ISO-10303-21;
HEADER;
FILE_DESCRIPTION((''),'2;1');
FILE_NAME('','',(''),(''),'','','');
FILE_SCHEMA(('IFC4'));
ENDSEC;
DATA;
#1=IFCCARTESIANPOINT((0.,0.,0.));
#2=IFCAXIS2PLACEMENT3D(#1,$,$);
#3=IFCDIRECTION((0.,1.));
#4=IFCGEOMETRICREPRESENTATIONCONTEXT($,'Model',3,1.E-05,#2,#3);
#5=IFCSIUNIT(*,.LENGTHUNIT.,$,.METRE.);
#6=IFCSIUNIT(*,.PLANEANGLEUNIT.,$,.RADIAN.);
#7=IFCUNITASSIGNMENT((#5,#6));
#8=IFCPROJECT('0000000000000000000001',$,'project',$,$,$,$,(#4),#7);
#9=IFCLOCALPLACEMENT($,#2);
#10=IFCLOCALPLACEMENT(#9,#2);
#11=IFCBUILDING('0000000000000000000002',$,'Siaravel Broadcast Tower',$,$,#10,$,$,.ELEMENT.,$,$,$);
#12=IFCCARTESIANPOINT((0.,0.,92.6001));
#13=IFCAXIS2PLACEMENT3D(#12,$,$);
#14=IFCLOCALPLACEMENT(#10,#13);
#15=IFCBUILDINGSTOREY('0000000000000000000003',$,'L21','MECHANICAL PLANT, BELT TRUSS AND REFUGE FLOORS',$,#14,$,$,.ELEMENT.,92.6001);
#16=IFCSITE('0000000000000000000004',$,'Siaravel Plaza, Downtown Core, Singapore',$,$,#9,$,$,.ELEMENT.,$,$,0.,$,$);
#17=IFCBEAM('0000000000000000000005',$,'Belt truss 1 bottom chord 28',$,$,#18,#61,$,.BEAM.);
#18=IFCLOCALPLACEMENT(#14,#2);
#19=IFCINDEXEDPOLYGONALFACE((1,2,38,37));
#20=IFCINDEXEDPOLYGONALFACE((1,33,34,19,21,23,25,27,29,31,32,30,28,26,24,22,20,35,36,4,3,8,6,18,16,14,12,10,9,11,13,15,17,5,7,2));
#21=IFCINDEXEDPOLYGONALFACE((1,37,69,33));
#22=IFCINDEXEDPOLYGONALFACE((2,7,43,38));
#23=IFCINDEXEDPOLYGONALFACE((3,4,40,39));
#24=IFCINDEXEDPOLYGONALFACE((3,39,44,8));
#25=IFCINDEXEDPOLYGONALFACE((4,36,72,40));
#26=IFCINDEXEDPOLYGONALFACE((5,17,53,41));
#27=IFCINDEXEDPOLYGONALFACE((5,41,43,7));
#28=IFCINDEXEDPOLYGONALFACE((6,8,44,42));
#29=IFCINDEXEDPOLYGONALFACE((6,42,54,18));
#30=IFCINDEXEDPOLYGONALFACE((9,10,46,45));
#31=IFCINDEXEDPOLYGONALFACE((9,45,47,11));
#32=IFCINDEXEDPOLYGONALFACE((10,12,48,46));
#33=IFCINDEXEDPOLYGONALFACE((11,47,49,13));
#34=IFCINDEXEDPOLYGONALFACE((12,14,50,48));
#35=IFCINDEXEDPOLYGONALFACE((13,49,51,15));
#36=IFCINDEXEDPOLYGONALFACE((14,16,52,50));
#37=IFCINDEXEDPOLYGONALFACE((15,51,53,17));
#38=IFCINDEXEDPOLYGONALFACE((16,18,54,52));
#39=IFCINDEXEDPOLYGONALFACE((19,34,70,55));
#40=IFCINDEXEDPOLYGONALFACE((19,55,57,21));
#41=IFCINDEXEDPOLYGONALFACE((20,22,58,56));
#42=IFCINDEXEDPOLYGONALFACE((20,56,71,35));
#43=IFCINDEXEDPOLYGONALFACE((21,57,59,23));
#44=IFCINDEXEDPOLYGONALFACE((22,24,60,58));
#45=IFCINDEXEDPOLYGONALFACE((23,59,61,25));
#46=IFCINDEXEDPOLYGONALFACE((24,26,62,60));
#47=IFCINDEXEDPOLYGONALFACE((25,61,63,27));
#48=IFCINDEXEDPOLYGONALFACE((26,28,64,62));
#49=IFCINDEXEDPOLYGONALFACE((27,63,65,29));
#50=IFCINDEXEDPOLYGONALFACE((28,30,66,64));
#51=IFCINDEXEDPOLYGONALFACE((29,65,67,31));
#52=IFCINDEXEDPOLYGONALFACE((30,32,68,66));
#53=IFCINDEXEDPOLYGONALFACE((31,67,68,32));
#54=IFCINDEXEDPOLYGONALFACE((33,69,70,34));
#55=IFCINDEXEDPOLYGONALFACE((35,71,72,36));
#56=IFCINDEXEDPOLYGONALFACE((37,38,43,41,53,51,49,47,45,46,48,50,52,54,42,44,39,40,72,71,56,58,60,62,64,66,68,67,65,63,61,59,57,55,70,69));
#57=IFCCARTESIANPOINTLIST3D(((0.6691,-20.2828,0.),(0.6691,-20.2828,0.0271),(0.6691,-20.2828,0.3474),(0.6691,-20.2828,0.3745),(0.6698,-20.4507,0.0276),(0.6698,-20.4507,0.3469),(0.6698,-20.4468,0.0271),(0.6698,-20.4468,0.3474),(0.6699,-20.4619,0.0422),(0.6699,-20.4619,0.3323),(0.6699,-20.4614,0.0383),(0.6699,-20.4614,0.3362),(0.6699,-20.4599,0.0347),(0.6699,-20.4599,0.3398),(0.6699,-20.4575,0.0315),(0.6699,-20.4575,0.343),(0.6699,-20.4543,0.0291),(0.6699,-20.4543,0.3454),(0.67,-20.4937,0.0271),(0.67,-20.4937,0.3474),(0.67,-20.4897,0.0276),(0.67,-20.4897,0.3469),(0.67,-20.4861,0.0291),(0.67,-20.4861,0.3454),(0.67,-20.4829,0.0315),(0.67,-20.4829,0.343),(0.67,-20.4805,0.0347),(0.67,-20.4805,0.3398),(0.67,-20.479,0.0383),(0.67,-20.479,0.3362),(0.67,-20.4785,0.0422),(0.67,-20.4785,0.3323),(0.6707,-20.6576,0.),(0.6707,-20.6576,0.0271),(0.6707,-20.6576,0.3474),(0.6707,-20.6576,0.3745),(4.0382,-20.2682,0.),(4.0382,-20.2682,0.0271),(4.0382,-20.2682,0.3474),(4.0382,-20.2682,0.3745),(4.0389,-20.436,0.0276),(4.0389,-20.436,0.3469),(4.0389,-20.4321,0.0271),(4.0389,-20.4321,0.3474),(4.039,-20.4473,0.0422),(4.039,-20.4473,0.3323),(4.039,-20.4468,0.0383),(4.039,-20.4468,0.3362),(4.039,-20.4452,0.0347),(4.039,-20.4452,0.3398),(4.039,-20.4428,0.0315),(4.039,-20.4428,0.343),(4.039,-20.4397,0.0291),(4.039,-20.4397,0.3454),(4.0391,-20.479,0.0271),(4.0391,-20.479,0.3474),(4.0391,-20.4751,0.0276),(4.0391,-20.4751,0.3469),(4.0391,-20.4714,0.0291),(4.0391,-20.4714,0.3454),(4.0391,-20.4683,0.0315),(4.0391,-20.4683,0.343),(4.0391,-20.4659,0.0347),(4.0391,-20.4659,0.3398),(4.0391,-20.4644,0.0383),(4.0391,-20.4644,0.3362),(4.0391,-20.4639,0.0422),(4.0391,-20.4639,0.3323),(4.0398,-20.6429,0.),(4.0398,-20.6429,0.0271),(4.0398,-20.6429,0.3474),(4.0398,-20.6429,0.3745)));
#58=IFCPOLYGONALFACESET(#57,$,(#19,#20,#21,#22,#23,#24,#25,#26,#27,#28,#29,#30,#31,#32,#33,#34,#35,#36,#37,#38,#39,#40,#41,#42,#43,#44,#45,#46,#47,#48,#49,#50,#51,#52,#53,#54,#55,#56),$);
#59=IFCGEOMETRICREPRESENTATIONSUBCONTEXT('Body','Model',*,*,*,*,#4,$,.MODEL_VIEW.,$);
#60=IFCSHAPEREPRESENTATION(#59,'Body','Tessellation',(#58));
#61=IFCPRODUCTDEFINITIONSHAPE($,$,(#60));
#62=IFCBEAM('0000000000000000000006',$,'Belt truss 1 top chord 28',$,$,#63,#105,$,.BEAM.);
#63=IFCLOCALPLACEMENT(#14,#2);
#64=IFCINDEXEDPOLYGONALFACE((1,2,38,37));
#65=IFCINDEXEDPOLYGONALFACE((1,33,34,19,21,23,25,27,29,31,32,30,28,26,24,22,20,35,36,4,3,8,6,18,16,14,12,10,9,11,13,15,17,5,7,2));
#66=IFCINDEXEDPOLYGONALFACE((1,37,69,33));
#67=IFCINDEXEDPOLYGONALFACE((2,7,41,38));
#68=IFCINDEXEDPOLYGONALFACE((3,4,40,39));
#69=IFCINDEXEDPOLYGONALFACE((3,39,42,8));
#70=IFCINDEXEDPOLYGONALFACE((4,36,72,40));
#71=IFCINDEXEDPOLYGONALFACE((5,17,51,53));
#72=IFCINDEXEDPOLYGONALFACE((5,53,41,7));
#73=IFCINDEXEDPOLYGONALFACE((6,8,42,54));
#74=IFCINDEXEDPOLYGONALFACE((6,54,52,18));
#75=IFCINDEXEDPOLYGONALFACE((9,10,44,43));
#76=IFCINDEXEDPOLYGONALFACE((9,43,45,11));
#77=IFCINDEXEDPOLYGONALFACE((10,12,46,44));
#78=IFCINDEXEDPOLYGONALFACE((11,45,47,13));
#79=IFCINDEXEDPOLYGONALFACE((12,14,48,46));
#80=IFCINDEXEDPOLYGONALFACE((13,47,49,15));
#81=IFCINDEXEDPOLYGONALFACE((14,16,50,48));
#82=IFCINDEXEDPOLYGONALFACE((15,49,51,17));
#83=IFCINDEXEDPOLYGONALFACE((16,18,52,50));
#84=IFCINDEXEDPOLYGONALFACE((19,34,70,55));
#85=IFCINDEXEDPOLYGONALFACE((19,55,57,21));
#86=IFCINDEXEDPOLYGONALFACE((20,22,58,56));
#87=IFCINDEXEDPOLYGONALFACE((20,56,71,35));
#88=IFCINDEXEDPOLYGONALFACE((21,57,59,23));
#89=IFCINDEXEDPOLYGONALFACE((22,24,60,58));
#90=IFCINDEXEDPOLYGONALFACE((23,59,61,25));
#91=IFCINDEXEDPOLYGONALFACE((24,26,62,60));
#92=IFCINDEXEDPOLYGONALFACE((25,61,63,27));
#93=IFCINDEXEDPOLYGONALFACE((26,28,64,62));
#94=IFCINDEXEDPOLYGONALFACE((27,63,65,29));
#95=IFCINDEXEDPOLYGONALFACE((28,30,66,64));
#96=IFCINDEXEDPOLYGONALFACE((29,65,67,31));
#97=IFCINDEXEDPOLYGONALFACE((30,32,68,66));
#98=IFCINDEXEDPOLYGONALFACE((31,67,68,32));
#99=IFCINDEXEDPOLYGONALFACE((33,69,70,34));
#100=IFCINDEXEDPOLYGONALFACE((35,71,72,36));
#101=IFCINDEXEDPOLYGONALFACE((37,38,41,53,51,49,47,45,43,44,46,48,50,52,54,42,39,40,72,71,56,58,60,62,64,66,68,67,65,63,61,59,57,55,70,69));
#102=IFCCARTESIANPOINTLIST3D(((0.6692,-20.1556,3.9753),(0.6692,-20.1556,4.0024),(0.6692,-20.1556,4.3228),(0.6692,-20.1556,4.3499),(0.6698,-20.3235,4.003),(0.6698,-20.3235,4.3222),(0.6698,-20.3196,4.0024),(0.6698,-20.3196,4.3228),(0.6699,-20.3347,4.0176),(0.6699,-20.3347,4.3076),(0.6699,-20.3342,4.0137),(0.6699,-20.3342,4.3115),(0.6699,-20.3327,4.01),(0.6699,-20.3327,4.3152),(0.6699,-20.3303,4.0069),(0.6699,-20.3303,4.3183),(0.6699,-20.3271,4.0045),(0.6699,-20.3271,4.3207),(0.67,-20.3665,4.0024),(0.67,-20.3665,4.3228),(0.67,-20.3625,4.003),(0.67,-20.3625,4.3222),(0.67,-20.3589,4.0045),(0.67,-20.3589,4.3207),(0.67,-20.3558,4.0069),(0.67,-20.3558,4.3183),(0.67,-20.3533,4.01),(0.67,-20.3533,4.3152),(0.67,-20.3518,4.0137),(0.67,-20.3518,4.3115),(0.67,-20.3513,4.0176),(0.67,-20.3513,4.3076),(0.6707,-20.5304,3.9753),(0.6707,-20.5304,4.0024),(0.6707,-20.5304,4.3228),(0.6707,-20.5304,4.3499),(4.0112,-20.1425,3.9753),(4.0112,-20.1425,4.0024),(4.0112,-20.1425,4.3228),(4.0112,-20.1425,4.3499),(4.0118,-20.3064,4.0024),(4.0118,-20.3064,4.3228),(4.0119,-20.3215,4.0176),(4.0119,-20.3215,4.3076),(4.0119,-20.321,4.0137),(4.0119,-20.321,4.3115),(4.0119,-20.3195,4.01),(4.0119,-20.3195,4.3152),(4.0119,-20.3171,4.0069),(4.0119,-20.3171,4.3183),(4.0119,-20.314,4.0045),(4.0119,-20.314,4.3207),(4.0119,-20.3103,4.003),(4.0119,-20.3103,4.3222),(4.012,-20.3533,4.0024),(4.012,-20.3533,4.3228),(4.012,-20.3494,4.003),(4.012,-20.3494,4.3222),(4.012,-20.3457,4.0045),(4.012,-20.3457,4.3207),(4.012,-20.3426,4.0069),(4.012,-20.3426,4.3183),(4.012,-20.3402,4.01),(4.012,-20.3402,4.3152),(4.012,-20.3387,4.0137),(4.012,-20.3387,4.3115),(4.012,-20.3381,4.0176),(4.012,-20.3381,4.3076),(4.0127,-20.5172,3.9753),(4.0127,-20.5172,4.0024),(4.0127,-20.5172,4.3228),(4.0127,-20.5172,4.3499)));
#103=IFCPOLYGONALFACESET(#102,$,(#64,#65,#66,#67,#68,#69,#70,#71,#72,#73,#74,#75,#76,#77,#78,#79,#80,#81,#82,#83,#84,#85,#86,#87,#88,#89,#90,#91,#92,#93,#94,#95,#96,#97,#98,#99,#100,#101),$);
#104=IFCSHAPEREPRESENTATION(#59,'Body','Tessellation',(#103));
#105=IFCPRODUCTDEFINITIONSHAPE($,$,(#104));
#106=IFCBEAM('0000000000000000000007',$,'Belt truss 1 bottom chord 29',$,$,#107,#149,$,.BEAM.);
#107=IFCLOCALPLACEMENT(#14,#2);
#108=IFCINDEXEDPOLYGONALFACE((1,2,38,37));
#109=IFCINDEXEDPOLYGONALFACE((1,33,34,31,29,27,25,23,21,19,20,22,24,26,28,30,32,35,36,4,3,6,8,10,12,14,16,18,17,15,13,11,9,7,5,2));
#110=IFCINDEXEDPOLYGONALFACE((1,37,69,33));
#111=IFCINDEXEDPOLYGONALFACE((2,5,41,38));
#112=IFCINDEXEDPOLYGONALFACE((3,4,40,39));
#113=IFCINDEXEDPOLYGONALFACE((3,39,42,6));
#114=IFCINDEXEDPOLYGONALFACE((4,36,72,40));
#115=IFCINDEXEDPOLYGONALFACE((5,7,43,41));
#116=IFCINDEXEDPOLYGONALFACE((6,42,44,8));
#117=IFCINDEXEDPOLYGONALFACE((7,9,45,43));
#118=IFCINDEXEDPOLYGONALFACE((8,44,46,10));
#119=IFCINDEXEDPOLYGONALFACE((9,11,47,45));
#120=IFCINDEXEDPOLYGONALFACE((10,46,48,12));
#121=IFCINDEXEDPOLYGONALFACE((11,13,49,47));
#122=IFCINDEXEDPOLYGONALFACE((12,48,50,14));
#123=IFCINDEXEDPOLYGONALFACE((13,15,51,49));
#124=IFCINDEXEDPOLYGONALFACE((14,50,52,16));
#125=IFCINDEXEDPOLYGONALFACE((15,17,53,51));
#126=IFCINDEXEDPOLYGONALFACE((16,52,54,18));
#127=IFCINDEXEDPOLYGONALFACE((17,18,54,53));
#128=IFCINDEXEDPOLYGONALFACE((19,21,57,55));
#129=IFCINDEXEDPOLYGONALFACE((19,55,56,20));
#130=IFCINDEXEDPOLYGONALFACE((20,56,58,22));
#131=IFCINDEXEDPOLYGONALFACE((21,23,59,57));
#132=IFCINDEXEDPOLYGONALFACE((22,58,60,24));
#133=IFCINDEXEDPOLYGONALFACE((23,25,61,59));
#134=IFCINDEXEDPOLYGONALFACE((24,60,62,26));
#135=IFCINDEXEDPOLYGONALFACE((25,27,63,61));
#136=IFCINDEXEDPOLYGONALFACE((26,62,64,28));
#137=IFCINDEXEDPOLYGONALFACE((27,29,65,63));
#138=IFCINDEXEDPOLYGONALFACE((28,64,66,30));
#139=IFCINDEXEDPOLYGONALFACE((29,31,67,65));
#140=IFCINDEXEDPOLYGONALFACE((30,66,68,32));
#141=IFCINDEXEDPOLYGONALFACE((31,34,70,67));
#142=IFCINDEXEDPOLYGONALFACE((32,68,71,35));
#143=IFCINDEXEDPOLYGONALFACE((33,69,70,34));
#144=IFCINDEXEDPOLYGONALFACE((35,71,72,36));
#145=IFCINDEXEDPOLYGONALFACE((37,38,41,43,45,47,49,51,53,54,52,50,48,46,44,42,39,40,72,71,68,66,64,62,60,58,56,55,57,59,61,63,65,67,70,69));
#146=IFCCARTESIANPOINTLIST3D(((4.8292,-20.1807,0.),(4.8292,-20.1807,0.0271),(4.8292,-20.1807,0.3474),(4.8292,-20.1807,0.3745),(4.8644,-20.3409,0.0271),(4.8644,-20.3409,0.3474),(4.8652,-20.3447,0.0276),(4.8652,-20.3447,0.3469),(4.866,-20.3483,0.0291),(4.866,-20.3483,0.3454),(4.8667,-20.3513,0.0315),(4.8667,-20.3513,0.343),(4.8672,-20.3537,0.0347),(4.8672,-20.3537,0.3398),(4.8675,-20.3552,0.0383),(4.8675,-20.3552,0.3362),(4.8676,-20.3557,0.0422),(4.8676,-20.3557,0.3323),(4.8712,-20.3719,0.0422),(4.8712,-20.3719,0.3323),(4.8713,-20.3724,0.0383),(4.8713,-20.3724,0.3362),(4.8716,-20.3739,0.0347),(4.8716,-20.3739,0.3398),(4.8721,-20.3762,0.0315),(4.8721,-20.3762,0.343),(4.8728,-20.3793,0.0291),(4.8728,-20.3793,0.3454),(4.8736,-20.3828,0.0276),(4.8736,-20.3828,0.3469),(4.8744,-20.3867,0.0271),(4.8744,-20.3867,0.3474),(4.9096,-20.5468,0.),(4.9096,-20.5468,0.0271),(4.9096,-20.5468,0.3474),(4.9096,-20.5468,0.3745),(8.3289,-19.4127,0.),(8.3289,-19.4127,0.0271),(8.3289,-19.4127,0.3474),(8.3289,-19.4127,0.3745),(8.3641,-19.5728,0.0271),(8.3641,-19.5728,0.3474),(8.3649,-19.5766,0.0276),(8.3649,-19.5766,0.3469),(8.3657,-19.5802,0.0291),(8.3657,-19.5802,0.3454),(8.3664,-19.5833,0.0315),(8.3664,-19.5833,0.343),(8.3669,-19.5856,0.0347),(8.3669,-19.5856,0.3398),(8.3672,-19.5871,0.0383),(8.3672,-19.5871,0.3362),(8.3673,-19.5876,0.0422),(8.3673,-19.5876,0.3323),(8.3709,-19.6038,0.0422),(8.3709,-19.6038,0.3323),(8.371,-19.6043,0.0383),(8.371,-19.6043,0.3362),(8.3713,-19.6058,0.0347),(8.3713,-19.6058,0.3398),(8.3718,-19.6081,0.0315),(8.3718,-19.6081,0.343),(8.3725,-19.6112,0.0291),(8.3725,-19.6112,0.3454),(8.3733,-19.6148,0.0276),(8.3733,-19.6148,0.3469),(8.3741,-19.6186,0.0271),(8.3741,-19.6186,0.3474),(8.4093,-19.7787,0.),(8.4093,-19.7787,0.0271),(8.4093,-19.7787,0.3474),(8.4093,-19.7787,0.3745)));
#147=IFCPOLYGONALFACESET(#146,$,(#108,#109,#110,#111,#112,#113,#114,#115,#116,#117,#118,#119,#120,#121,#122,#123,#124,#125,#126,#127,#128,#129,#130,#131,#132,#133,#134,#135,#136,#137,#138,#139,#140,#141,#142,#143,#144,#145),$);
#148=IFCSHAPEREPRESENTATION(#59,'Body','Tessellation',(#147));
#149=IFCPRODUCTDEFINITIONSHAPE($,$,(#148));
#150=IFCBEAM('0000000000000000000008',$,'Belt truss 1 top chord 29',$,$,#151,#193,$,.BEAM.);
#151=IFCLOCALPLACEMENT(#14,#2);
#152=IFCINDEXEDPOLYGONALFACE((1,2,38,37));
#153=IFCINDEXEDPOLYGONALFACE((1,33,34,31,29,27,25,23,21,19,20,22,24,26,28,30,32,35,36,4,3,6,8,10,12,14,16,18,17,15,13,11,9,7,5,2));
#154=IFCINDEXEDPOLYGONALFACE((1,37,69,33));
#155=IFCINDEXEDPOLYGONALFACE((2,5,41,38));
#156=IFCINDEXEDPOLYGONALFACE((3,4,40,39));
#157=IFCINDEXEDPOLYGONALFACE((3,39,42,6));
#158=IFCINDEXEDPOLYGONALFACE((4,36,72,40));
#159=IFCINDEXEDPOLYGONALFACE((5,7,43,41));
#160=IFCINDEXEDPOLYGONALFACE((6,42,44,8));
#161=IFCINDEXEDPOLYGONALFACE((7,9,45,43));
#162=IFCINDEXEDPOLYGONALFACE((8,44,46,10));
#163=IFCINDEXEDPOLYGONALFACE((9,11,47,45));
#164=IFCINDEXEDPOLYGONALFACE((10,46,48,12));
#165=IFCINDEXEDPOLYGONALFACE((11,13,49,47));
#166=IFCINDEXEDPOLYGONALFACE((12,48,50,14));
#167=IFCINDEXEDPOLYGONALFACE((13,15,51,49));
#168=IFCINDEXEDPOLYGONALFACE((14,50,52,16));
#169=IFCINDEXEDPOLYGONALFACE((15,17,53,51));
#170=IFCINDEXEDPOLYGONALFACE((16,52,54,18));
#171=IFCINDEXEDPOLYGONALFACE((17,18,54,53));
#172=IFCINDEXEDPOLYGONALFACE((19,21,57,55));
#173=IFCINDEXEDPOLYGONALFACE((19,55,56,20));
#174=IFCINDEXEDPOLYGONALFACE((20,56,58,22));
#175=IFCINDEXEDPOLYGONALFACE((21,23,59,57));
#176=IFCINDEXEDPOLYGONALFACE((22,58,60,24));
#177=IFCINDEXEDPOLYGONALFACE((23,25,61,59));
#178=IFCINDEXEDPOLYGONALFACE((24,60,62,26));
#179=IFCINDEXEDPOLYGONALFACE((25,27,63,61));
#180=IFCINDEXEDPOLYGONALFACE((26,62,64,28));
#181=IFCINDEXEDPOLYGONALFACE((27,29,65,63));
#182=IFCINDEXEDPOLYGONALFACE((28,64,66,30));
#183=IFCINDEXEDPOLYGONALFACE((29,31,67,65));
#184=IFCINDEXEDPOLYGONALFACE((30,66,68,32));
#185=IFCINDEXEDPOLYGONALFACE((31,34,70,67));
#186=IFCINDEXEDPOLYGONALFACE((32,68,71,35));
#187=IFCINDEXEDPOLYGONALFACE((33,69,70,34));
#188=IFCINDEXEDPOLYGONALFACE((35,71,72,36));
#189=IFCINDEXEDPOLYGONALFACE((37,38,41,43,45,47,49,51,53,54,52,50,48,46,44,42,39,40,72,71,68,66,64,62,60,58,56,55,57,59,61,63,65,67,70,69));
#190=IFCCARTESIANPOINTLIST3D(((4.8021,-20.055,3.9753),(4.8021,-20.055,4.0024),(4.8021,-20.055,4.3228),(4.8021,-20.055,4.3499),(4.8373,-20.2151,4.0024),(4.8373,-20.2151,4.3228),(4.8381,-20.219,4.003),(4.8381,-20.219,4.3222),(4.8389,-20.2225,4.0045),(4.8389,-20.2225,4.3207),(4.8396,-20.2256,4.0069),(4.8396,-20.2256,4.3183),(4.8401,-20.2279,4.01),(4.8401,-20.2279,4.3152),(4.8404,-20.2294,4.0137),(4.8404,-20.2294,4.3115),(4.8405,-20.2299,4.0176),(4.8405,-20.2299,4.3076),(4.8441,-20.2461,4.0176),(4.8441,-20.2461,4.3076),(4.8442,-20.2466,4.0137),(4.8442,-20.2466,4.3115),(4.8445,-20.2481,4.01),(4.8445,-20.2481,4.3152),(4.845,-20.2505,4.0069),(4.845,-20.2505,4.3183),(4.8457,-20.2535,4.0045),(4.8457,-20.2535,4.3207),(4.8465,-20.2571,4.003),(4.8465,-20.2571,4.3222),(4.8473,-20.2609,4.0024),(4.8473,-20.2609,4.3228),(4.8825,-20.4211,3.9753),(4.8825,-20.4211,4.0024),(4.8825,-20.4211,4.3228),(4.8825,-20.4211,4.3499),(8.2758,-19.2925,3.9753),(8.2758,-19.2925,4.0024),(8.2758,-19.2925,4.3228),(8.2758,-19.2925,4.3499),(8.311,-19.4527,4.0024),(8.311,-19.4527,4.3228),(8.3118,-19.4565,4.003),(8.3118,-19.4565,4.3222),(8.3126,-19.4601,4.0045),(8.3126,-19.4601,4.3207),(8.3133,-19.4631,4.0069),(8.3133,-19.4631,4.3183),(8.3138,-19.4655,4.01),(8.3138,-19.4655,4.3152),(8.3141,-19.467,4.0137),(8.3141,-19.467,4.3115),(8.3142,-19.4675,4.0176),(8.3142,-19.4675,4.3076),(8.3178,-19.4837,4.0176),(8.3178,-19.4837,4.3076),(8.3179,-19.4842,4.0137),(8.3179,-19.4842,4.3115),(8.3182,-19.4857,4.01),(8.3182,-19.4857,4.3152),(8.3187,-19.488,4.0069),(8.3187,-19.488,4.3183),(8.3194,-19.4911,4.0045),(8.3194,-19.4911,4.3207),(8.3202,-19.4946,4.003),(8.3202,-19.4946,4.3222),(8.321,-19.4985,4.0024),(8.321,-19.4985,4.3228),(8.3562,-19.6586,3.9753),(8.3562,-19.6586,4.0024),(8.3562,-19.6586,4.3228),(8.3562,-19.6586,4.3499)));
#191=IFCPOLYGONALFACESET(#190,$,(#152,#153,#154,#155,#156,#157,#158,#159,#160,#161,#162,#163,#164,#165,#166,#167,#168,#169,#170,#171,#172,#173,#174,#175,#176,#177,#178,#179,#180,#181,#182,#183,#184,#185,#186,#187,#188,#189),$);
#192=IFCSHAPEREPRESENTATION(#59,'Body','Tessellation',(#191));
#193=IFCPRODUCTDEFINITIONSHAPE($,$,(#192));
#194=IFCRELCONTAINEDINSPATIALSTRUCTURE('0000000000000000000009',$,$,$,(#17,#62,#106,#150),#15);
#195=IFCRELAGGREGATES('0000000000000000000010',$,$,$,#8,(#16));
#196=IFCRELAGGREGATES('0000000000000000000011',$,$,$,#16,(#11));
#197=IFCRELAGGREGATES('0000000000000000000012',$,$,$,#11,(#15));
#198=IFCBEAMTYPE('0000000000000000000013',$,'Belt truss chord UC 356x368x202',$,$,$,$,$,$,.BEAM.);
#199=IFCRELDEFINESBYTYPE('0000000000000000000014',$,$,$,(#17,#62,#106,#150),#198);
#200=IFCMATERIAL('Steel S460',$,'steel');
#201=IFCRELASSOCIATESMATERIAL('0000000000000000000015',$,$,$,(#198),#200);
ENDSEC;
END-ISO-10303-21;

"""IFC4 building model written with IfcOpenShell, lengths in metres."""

from ifc_helpers import new_model, si_unit, direction, frame, origin, origin_2d, place, context, subcontext, project, spatial, i_section, extrude, material, material_profile, profile_set, type_object, element, save


model = new_model("IFC4")

# Units and contexts
model_context = context("Model", 3, precision=1e-05, world=origin(), true_north=direction((0.0, 1.0)))
body_context = subcontext(model_context, "Body", "Model", "MODEL_VIEW")
ifc_project = project(units=[si_unit("LENGTHUNIT", "METRE"), si_unit("PLANEANGLEUNIT", "RADIAN")], contexts=[model_context])

# Site, building, storey
site_placement = place(None, origin())
site = spatial("IfcSite", under=ifc_project, at=site_placement, Name="Siaravel Plaza, Downtown Core, Singapore", CompositionType="ELEMENT", RefElevation=0.0)
building_placement = place(site_placement, origin())
building = spatial("IfcBuilding", under=site, at=building_placement, Name="Siaravel Broadcast Tower", CompositionType="ELEMENT")
storey_placement = place(building_placement, frame((0.0, 0.0, 92.6001)))
storey = spatial("IfcBuildingStorey", under=building, at=storey_placement, Name="L21", Description="MECHANICAL PLANT, BELT TRUSS AND REFUGE FLOORS", CompositionType="ELEMENT", Elevation=92.6001)

# Beams
ifc_material_1 = material(Name="Steel S460", Category="steel")
ifc_material_profile_1 = material_profile(ifc_material_1, i_section(OverallWidth=0.3748, OverallDepth=0.3745, WebThickness=0.0166, FlangeThickness=0.0271, FilletRadius=0.0151, at=origin_2d()))
ifc_profile_set_1 = profile_set([ifc_material_profile_1], Name="Steel S460")
beam_type_1 = type_object("IfcBeamType", Name="Belt truss chord UC 356x368x202", PredefinedType="BEAM", material=ifc_profile_set_1)
beam_1_placement = place(storey_placement, frame((0.6699, -20.4702, 0.1873), z_axis=(0.999991, 0.004348, 0.0), x_axis=(-0.004348, 0.999991, 0.0)))
element("IfcBeam", 1, at=beam_1_placement, inside=storey, type_object=beam_type_1, Name="Belt truss 1 bottom chord 28", PredefinedType="BEAM", context=body_context, shape_type="SweptSolid", body=[
    extrude(i_section(OverallWidth=0.3748, OverallDepth=0.3745, WebThickness=0.0166, FlangeThickness=0.0271, FilletRadius=0.0151, at=origin_2d()), origin(), (0.0, 0.0, 1.0), 3.3691),
])
beam_2_placement = place(storey_placement, frame((0.6699, -20.343, 4.1626), z_axis=(0.999992, 0.003945, 0.0), x_axis=(-0.003945, 0.999992, 0.0)))
element("IfcBeam", 2, at=beam_2_placement, inside=storey, type_object=beam_type_1, Name="Belt truss 1 top chord 28", PredefinedType="BEAM", context=body_context, shape_type="SweptSolid", body=[
    extrude(i_section(OverallWidth=0.3748, OverallDepth=0.3745, WebThickness=0.0166, FlangeThickness=0.0271, FilletRadius=0.0151, at=origin_2d()), origin(), (0.0, 0.0, 1.0), 3.342),
])
beam_3_placement = place(storey_placement, frame((4.8694, -20.3638, 0.1873), z_axis=(0.976754, 0.214361, 0.0), x_axis=(-0.214361, 0.976754, 0.0)))
element("IfcBeam", 3, at=beam_3_placement, inside=storey, type_object=beam_type_1, Name="Belt truss 1 bottom chord 29", PredefinedType="BEAM", context=body_context, shape_type="SweptSolid", body=[
    extrude(i_section(OverallWidth=0.3748, OverallDepth=0.3745, WebThickness=0.0166, FlangeThickness=0.0271, FilletRadius=0.0151, at=origin_2d()), origin(), (0.0, 0.0, 1.0), 3.583),
])
beam_4_placement = place(storey_placement, frame((4.8423, -20.238, 4.1626), z_axis=(0.976747, 0.214393, 0.0), x_axis=(-0.214393, 0.976747, 0.0)))
element("IfcBeam", 4, at=beam_4_placement, inside=storey, type_object=beam_type_1, Name="Belt truss 1 top chord 29", PredefinedType="BEAM", context=body_context, shape_type="SweptSolid", body=[
    extrude(i_section(OverallWidth=0.3748, OverallDepth=0.3745, WebThickness=0.0166, FlangeThickness=0.0271, FilletRadius=0.0151, at=origin_2d()), origin(), (0.0, 0.0, 1.0), 3.5564),
])

save(model, "model.ifc")
